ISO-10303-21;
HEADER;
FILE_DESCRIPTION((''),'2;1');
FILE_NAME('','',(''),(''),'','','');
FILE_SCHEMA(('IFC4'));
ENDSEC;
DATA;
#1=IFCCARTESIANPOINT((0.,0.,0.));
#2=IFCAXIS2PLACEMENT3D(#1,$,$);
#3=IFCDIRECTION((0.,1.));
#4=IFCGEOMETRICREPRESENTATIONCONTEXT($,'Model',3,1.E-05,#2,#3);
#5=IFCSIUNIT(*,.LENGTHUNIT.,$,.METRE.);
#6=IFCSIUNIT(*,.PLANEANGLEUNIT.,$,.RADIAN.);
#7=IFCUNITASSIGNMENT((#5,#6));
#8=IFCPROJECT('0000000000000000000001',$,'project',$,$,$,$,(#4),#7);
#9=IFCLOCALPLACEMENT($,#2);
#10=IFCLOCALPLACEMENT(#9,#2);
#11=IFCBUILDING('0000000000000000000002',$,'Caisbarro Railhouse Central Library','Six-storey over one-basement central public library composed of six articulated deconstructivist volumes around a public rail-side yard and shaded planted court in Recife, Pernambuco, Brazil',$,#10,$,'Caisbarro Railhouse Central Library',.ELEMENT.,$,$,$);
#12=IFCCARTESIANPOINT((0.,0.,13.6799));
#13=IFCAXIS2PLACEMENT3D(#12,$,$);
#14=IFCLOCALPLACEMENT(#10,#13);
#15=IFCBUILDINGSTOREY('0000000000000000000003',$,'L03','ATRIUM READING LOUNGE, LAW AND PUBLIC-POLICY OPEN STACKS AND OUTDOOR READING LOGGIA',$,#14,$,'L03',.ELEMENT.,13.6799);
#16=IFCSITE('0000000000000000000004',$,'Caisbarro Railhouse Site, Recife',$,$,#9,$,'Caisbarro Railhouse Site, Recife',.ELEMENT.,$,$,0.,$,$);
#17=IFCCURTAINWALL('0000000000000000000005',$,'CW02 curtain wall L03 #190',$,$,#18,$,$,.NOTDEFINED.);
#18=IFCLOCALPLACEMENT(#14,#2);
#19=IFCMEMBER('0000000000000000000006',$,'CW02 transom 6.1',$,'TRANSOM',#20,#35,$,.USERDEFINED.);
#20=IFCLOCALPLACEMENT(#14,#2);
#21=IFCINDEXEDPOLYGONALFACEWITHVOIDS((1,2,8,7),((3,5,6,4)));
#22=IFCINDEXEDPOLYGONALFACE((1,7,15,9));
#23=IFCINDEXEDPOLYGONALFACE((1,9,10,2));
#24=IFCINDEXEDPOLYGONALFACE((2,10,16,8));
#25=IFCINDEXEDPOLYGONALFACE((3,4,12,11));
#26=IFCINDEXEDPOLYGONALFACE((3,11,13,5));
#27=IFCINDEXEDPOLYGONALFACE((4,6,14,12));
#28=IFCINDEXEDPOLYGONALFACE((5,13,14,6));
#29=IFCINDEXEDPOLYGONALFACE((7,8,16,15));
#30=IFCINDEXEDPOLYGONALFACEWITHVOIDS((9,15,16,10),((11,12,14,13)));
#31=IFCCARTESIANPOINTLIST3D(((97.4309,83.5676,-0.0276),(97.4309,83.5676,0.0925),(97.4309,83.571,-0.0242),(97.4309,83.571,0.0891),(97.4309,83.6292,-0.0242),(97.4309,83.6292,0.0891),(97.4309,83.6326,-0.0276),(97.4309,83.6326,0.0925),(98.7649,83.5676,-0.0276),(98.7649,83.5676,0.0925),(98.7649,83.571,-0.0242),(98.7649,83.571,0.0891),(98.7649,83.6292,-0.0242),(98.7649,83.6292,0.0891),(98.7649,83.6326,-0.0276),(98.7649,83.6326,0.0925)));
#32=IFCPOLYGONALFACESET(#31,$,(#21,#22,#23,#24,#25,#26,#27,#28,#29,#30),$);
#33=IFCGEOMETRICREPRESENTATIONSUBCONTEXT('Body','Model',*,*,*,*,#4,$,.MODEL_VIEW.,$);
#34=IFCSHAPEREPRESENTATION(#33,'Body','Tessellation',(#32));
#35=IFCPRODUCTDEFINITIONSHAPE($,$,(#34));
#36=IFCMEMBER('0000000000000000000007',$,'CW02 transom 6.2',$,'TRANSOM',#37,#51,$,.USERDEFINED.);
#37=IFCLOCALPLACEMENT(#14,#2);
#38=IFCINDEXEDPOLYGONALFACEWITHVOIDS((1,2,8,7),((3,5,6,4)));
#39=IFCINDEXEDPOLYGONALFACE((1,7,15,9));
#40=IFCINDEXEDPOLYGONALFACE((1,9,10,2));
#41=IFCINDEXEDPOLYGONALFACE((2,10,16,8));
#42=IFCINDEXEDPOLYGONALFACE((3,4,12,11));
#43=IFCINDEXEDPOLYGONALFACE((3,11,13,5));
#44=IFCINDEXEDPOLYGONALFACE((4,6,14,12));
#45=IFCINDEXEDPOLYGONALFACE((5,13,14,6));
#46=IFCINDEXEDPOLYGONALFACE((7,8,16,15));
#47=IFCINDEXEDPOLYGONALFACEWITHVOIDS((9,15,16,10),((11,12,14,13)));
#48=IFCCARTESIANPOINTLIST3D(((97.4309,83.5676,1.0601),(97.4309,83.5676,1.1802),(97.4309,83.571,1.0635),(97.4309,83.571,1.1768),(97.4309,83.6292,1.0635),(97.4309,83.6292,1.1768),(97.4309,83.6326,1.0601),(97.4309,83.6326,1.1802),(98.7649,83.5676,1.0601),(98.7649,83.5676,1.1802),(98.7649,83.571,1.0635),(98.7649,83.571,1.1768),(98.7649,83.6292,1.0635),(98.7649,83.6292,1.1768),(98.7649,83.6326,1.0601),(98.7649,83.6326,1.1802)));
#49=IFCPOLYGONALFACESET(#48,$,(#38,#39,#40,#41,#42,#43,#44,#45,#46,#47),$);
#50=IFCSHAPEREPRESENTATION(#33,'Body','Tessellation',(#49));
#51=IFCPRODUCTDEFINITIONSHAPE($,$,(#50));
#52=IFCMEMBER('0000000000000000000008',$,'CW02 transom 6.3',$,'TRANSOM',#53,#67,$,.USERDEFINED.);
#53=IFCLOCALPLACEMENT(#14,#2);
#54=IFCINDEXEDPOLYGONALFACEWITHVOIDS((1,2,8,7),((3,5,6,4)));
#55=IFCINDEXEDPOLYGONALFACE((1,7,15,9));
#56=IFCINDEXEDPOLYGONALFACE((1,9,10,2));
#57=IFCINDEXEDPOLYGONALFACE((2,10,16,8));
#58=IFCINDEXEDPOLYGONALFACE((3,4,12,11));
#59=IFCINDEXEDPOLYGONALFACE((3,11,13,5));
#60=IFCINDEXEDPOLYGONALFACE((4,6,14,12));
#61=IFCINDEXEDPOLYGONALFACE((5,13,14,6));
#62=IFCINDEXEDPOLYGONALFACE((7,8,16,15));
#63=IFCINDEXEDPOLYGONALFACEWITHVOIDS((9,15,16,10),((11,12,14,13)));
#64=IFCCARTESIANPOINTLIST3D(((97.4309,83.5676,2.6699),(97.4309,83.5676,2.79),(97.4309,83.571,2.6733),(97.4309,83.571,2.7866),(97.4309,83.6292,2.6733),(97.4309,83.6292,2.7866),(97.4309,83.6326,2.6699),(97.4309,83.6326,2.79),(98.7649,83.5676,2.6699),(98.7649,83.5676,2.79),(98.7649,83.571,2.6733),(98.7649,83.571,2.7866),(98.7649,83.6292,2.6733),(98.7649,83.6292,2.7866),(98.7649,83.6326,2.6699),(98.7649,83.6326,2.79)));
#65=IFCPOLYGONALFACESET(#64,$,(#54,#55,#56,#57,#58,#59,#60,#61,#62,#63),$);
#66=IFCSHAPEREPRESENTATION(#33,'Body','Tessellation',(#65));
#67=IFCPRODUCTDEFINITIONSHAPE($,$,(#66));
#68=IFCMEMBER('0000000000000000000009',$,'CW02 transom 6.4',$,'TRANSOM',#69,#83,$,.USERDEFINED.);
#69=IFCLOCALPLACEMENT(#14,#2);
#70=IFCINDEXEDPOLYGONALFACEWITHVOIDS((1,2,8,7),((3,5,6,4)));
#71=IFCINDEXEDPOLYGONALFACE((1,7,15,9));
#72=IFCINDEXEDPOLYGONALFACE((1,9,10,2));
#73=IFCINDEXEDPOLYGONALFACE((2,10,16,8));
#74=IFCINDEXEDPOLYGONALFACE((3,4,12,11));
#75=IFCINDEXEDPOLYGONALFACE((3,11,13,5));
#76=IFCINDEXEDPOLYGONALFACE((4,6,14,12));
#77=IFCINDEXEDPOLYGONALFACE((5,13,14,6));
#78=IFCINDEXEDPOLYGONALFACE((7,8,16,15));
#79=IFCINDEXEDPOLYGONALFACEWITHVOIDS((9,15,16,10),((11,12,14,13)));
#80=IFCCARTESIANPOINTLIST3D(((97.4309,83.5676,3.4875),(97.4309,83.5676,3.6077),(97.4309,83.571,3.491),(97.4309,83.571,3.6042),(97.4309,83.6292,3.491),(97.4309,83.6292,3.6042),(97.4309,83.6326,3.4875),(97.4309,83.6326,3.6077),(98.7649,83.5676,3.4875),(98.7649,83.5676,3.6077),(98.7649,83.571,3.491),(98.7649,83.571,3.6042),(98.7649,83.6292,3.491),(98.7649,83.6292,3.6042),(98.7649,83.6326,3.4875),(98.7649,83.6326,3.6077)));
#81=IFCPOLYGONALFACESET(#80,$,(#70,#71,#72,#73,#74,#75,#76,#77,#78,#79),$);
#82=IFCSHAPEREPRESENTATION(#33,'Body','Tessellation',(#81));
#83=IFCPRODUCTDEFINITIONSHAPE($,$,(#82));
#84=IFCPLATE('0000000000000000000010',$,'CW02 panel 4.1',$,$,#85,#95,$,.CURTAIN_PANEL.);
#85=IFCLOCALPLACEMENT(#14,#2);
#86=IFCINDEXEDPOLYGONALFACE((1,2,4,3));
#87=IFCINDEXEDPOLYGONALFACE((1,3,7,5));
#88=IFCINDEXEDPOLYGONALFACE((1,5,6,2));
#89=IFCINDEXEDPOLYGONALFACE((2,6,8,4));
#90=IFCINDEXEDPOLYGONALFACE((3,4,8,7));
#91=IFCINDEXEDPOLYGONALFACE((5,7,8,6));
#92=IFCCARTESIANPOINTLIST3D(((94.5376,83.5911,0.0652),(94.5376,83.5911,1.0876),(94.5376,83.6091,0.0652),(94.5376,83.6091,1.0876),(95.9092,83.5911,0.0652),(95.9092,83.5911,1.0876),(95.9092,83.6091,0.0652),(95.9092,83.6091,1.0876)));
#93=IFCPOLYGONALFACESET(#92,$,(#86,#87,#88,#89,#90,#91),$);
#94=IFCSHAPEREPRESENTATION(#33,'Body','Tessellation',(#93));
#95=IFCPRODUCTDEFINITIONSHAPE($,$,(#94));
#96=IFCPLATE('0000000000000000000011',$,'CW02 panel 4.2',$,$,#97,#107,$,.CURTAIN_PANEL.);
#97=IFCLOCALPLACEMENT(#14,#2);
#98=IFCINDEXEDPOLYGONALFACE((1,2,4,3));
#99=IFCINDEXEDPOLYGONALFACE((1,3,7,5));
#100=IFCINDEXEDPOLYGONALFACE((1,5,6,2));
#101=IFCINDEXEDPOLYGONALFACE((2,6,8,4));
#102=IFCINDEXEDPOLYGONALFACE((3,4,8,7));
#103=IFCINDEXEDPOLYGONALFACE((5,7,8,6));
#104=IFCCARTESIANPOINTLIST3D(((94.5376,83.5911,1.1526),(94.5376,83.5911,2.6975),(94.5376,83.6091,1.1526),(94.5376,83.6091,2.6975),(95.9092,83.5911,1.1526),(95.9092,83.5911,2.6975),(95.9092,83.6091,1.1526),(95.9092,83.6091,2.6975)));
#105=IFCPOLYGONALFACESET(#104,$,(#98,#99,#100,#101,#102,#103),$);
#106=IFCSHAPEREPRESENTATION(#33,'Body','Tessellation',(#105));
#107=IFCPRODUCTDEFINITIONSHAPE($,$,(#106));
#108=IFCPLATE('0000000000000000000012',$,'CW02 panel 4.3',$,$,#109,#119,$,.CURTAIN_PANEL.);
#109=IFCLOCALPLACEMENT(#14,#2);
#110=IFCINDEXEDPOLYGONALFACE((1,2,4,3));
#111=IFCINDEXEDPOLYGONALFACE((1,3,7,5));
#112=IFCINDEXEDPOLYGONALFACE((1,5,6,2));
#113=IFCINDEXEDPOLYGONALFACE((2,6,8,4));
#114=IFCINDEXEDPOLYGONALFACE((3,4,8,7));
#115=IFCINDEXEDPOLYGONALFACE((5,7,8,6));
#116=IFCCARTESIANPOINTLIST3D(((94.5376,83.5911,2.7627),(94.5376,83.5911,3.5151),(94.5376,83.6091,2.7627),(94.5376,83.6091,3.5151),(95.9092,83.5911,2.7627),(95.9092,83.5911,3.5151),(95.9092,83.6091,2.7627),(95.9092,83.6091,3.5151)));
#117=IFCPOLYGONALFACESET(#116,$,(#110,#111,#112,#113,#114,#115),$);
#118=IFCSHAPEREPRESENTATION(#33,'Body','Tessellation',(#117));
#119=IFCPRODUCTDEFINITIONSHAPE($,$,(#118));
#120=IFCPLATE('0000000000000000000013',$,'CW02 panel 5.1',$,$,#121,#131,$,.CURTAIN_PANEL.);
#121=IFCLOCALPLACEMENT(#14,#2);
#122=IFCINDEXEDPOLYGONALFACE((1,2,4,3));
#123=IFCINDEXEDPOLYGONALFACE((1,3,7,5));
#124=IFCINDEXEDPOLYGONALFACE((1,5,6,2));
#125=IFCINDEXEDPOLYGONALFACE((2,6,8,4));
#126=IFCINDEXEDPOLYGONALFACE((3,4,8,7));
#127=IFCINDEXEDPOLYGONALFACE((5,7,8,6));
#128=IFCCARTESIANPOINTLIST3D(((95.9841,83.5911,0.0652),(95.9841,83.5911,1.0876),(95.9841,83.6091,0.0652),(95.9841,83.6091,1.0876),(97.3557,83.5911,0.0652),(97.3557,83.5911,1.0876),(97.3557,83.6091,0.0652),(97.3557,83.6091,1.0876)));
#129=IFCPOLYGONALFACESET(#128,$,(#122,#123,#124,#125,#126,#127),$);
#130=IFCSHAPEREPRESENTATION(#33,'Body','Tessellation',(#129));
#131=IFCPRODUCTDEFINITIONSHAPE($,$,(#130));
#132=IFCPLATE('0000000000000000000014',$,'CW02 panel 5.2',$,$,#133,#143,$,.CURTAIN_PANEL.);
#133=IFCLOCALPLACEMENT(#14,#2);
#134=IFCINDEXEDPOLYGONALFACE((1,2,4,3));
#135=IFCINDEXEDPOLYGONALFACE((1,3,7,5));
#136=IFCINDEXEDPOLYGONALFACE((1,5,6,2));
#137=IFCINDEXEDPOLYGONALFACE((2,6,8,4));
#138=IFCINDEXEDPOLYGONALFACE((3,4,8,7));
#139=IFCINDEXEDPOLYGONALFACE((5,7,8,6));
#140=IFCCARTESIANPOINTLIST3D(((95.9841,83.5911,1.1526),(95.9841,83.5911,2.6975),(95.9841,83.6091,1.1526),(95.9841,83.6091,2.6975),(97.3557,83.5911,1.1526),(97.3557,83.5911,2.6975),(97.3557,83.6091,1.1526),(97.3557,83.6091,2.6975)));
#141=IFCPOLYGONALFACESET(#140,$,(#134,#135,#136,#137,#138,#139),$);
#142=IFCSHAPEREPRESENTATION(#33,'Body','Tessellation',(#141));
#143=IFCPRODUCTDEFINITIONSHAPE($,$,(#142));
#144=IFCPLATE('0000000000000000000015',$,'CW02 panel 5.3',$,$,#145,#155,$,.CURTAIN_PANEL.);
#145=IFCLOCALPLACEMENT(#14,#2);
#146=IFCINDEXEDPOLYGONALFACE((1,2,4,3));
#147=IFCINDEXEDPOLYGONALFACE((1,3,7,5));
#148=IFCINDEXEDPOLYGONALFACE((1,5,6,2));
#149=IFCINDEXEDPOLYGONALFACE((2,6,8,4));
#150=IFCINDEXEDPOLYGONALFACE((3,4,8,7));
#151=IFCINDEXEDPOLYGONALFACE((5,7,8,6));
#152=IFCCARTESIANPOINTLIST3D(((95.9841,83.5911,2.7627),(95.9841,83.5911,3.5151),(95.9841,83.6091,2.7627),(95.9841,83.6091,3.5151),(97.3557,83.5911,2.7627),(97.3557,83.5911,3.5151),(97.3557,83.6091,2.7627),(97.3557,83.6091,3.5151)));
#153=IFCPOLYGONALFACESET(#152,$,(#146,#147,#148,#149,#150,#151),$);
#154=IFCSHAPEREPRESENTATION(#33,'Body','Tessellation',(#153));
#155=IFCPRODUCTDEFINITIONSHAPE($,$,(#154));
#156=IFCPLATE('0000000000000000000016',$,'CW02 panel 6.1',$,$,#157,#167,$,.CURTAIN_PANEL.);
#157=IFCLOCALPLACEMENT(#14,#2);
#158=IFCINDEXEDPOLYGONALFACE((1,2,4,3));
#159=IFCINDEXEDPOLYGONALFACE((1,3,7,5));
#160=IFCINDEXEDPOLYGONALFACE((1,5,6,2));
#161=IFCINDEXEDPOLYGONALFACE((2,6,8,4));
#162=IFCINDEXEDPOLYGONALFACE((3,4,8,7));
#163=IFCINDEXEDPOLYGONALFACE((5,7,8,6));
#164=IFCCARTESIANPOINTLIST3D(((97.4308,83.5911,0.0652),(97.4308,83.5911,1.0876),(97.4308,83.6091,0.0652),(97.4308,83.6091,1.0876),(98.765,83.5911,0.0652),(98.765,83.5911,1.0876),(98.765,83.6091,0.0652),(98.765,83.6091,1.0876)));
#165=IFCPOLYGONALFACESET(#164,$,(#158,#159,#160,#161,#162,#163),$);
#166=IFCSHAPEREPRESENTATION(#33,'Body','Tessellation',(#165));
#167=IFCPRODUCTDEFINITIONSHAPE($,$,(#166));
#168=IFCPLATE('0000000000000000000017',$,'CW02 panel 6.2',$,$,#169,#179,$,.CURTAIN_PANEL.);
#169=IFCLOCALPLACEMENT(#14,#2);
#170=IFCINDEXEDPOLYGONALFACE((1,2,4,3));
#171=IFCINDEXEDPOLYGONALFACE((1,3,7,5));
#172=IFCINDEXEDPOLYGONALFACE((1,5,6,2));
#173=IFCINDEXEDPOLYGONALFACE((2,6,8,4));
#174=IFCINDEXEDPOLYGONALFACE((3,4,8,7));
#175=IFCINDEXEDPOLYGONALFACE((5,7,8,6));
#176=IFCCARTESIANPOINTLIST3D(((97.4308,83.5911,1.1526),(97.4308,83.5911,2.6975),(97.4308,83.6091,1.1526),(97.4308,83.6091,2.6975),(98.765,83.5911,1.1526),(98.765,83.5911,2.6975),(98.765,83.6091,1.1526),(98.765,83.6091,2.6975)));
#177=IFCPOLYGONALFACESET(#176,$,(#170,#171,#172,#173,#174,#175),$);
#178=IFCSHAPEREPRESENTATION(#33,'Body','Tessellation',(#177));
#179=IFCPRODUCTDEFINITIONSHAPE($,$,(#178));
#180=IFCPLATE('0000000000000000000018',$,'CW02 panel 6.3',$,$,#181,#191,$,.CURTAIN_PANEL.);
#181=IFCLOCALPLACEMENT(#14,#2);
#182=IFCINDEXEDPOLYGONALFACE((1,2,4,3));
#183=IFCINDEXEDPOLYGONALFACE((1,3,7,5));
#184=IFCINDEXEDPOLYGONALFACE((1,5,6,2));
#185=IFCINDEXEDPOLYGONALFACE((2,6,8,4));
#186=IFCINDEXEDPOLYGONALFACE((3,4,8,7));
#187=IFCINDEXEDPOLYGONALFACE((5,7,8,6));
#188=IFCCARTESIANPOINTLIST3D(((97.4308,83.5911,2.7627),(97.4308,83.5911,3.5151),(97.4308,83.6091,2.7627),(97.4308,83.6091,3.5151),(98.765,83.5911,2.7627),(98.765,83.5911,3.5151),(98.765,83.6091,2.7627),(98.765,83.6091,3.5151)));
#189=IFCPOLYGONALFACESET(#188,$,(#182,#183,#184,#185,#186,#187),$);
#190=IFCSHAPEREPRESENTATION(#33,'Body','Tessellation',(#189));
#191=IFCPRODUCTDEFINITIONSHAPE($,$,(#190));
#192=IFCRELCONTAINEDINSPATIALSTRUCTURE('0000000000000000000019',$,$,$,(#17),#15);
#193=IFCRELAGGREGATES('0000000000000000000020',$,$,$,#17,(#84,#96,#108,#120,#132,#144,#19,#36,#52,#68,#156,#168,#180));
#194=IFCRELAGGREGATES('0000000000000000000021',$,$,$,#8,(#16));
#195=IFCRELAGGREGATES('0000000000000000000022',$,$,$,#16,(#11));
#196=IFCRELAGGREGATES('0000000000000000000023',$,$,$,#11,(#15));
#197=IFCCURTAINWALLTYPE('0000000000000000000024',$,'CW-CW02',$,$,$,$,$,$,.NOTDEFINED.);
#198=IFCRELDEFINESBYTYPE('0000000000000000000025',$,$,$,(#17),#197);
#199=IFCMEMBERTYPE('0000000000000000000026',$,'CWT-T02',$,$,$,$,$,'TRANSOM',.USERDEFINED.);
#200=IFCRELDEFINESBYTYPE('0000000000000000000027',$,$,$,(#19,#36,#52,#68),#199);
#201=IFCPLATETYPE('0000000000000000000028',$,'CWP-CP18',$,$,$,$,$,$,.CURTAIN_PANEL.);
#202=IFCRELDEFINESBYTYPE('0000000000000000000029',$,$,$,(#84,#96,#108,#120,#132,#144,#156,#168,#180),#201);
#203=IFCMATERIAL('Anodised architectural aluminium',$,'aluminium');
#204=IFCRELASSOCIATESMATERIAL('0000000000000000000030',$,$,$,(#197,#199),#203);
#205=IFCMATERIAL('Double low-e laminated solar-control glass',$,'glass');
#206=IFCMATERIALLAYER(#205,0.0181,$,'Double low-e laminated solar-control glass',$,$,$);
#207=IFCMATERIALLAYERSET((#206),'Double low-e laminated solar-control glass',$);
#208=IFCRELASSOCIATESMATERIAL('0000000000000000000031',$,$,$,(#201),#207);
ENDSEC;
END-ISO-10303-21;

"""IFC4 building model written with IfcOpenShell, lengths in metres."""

from ifc_helpers import new_model, si_unit, direction, frame, origin, origin_2d, place, context, subcontext, project, spatial, rectangle, hollow_rectangle, extrude, material, layer, layer_set, material_profile, profile_set, type_object, element, aggregate, save


model = new_model("IFC4")

# Units and contexts
model_context = context("Model", 3, precision=1e-05, world=origin(), true_north=direction((0.0, 1.0)))
body_context = subcontext(model_context, "Body", "Model", "MODEL_VIEW")
ifc_project = project(units=[si_unit("LENGTHUNIT", "METRE"), si_unit("PLANEANGLEUNIT", "RADIAN")], contexts=[model_context])

# Site, building, storey
site_placement = place(None, origin())
site = spatial("IfcSite", under=ifc_project, at=site_placement, Name="Caisbarro Railhouse Site, Recife", LongName="Caisbarro Railhouse Site, Recife", CompositionType="ELEMENT", RefElevation=0.0)
building_placement = place(site_placement, origin())
building = spatial("IfcBuilding", under=site, at=building_placement, Name="Caisbarro Railhouse Central Library", Description="Six-storey over one-basement central public library composed of six articulated deconstructivist volumes around a public rail-side yard and shaded planted court in Recife, Pernambuco, Brazil", LongName="Caisbarro Railhouse Central Library", CompositionType="ELEMENT")
storey_placement = place(building_placement, frame((0.0, 0.0, 13.6799)))
storey = spatial("IfcBuildingStorey", under=building, at=storey_placement, Name="L03", Description="ATRIUM READING LOUNGE, LAW AND PUBLIC-POLICY OPEN STACKS AND OUTDOOR READING LOGGIA", LongName="L03", CompositionType="ELEMENT", Elevation=13.6799)

# Curtain wall, members, plates
ifc_material_1 = material(Name="Anodised architectural aluminium", Category="aluminium")
curtain_wall_type = type_object("IfcCurtainWallType", Name="CW-CW02", PredefinedType="NOTDEFINED", material=ifc_material_1)
curtain_wall_placement = place(storey_placement, origin())
curtain_wall = element("IfcCurtainWall", 1, at=curtain_wall_placement, inside=storey, type_object=curtain_wall_type, Name="CW02 curtain wall L03 #190", PredefinedType="NOTDEFINED")
ifc_material_profile_1 = material_profile(ifc_material_1, hollow_rectangle(XDim=0.0649, YDim=0.1201, WallThickness=0.0034, at=origin_2d()), Name="ALU-TRN-65X120")
ifc_profile_set_1 = profile_set([ifc_material_profile_1], Name="Anodised architectural aluminium")
member_type_1 = type_object("IfcMemberType", Name="CWT-T02", ElementType="TRANSOM", PredefinedType="USERDEFINED", material=ifc_profile_set_1)
member_1_placement = place(storey_placement, frame((97.4309, 83.6001, 0.0325), z_axis=(1.0, 0.0, 0.0), x_axis=(0.0, 1.0, 0.0)))
member_1 = element("IfcMember", 2, at=member_1_placement, type_object=member_type_1, Name="CW02 transom 6.1", ObjectType="TRANSOM", PredefinedType="USERDEFINED", context=body_context, shape_type="SweptSolid", body=[
    extrude(hollow_rectangle(XDim=0.0649, YDim=0.1201, WallThickness=0.0034, at=origin_2d()), origin(), (0.0, 0.0, 1.0), 1.334),
])
member_2_placement = place(storey_placement, frame((97.4309, 83.6001, 1.1201), z_axis=(1.0, 0.0, 0.0), x_axis=(0.0, 1.0, 0.0)))
member_2 = element("IfcMember", 3, at=member_2_placement, type_object=member_type_1, Name="CW02 transom 6.2", ObjectType="TRANSOM", PredefinedType="USERDEFINED", context=body_context, shape_type="SweptSolid", body=[
    extrude(hollow_rectangle(XDim=0.0649, YDim=0.1201, WallThickness=0.0034, at=origin_2d()), origin(), (0.0, 0.0, 1.0), 1.334),
])
member_3_placement = place(storey_placement, frame((97.4309, 83.6001, 2.73), z_axis=(1.0, 0.0, 0.0), x_axis=(0.0, 1.0, 0.0)))
member_3 = element("IfcMember", 4, at=member_3_placement, type_object=member_type_1, Name="CW02 transom 6.3", ObjectType="TRANSOM", PredefinedType="USERDEFINED", context=body_context, shape_type="SweptSolid", body=[
    extrude(hollow_rectangle(XDim=0.0649, YDim=0.1201, WallThickness=0.0034, at=origin_2d()), origin(), (0.0, 0.0, 1.0), 1.334),
])
member_4_placement = place(storey_placement, frame((97.4309, 83.6001, 3.5476), z_axis=(1.0, 0.0, 0.0), x_axis=(0.0, 1.0, 0.0)))
member_4 = element("IfcMember", 5, at=member_4_placement, type_object=member_type_1, Name="CW02 transom 6.4", ObjectType="TRANSOM", PredefinedType="USERDEFINED", context=body_context, shape_type="SweptSolid", body=[
    extrude(hollow_rectangle(XDim=0.0649, YDim=0.1201, WallThickness=0.0034, at=origin_2d()), origin(), (0.0, 0.0, 1.0), 1.334),
])
ifc_material_2 = material(Name="Double low-e laminated solar-control glass", Category="glass")
ifc_layer_1 = layer(ifc_material_2, 0.0181, Name="Double low-e laminated solar-control glass")
ifc_layer_set_1 = layer_set([ifc_layer_1], Name="Double low-e laminated solar-control glass")
plate_type = type_object("IfcPlateType", Name="CWP-CP18", PredefinedType="CURTAIN_PANEL", material=ifc_layer_set_1)
plate_1_placement = place(storey_placement, frame((95.2234, 83.6001, 0.0652), z_axis=(0.0, 0.0, 1.0), x_axis=(1.0, 0.0, 0.0)))
plate_1 = element("IfcPlate", 6, at=plate_1_placement, type_object=plate_type, Name="CW02 panel 4.1", PredefinedType="CURTAIN_PANEL", context=body_context, shape_type="SweptSolid", body=[
    extrude(rectangle(XDim=1.3716, YDim=0.0181, at=origin_2d()), origin(), (0.0, 0.0, 1.0), 1.0225),
])
plate_2_placement = place(storey_placement, frame((95.2234, 83.6001, 1.1526), z_axis=(0.0, 0.0, 1.0), x_axis=(1.0, 0.0, 0.0)))
plate_2 = element("IfcPlate", 7, at=plate_2_placement, type_object=plate_type, Name="CW02 panel 4.2", PredefinedType="CURTAIN_PANEL", context=body_context, shape_type="SweptSolid", body=[
    extrude(rectangle(XDim=1.3716, YDim=0.0181, at=origin_2d()), origin(), (0.0, 0.0, 1.0), 1.5449),
])
plate_3_placement = place(storey_placement, frame((95.2234, 83.6001, 2.7627), z_axis=(0.0, 0.0, 1.0), x_axis=(1.0, 0.0, 0.0)))
plate_3 = element("IfcPlate", 8, at=plate_3_placement, type_object=plate_type, Name="CW02 panel 4.3", PredefinedType="CURTAIN_PANEL", context=body_context, shape_type="SweptSolid", body=[
    extrude(rectangle(XDim=1.3716, YDim=0.0181, at=origin_2d()), origin(), (0.0, 0.0, 1.0), 0.7524),
])
plate_4_placement = place(storey_placement, frame((96.6699, 83.6001, 0.0652), z_axis=(0.0, 0.0, 1.0), x_axis=(1.0, 0.0, 0.0)))
plate_4 = element("IfcPlate", 9, at=plate_4_placement, type_object=plate_type, Name="CW02 panel 5.1", PredefinedType="CURTAIN_PANEL", context=body_context, shape_type="SweptSolid", body=[
    extrude(rectangle(XDim=1.3716, YDim=0.0181, at=origin_2d()), origin(), (0.0, 0.0, 1.0), 1.0225),
])
plate_5_placement = place(storey_placement, frame((96.6699, 83.6001, 1.1526), z_axis=(0.0, 0.0, 1.0), x_axis=(1.0, 0.0, 0.0)))
plate_5 = element("IfcPlate", 10, at=plate_5_placement, type_object=plate_type, Name="CW02 panel 5.2", PredefinedType="CURTAIN_PANEL", context=body_context, shape_type="SweptSolid", body=[
    extrude(rectangle(XDim=1.3716, YDim=0.0181, at=origin_2d()), origin(), (0.0, 0.0, 1.0), 1.5449),
])
plate_6_placement = place(storey_placement, frame((96.6699, 83.6001, 2.7627), z_axis=(0.0, 0.0, 1.0), x_axis=(1.0, 0.0, 0.0)))
plate_6 = element("IfcPlate", 11, at=plate_6_placement, type_object=plate_type, Name="CW02 panel 5.3", PredefinedType="CURTAIN_PANEL", context=body_context, shape_type="SweptSolid", body=[
    extrude(rectangle(XDim=1.3716, YDim=0.0181, at=origin_2d()), origin(), (0.0, 0.0, 1.0), 0.7524),
])
plate_7_placement = place(storey_placement, frame((98.0979, 83.6001, 0.0652), z_axis=(0.0, 0.0, 1.0), x_axis=(1.0, 0.0, 0.0)))
plate_7 = element("IfcPlate", 12, at=plate_7_placement, type_object=plate_type, Name="CW02 panel 6.1", PredefinedType="CURTAIN_PANEL", context=body_context, shape_type="SweptSolid", body=[
    extrude(rectangle(XDim=1.3342, YDim=0.0181, at=origin_2d()), origin(), (0.0, 0.0, 1.0), 1.0225),
])
plate_8_placement = place(storey_placement, frame((98.0979, 83.6001, 1.1526), z_axis=(0.0, 0.0, 1.0), x_axis=(1.0, 0.0, 0.0)))
plate_8 = element("IfcPlate", 13, at=plate_8_placement, type_object=plate_type, Name="CW02 panel 6.2", PredefinedType="CURTAIN_PANEL", context=body_context, shape_type="SweptSolid", body=[
    extrude(rectangle(XDim=1.3342, YDim=0.0181, at=origin_2d()), origin(), (0.0, 0.0, 1.0), 1.5449),
])
plate_9_placement = place(storey_placement, frame((98.0979, 83.6001, 2.7627), z_axis=(0.0, 0.0, 1.0), x_axis=(1.0, 0.0, 0.0)))
plate_9 = element("IfcPlate", 14, at=plate_9_placement, type_object=plate_type, Name="CW02 panel 6.3", PredefinedType="CURTAIN_PANEL", context=body_context, shape_type="SweptSolid", body=[
    extrude(rectangle(XDim=1.3342, YDim=0.0181, at=origin_2d()), origin(), (0.0, 0.0, 1.0), 0.7524),
])
aggregate(curtain_wall, [plate_1, plate_2, plate_3, plate_4, plate_5, plate_6, member_1, member_2, member_3, member_4, plate_7, plate_8, plate_9])

save(model, "model.ifc")
